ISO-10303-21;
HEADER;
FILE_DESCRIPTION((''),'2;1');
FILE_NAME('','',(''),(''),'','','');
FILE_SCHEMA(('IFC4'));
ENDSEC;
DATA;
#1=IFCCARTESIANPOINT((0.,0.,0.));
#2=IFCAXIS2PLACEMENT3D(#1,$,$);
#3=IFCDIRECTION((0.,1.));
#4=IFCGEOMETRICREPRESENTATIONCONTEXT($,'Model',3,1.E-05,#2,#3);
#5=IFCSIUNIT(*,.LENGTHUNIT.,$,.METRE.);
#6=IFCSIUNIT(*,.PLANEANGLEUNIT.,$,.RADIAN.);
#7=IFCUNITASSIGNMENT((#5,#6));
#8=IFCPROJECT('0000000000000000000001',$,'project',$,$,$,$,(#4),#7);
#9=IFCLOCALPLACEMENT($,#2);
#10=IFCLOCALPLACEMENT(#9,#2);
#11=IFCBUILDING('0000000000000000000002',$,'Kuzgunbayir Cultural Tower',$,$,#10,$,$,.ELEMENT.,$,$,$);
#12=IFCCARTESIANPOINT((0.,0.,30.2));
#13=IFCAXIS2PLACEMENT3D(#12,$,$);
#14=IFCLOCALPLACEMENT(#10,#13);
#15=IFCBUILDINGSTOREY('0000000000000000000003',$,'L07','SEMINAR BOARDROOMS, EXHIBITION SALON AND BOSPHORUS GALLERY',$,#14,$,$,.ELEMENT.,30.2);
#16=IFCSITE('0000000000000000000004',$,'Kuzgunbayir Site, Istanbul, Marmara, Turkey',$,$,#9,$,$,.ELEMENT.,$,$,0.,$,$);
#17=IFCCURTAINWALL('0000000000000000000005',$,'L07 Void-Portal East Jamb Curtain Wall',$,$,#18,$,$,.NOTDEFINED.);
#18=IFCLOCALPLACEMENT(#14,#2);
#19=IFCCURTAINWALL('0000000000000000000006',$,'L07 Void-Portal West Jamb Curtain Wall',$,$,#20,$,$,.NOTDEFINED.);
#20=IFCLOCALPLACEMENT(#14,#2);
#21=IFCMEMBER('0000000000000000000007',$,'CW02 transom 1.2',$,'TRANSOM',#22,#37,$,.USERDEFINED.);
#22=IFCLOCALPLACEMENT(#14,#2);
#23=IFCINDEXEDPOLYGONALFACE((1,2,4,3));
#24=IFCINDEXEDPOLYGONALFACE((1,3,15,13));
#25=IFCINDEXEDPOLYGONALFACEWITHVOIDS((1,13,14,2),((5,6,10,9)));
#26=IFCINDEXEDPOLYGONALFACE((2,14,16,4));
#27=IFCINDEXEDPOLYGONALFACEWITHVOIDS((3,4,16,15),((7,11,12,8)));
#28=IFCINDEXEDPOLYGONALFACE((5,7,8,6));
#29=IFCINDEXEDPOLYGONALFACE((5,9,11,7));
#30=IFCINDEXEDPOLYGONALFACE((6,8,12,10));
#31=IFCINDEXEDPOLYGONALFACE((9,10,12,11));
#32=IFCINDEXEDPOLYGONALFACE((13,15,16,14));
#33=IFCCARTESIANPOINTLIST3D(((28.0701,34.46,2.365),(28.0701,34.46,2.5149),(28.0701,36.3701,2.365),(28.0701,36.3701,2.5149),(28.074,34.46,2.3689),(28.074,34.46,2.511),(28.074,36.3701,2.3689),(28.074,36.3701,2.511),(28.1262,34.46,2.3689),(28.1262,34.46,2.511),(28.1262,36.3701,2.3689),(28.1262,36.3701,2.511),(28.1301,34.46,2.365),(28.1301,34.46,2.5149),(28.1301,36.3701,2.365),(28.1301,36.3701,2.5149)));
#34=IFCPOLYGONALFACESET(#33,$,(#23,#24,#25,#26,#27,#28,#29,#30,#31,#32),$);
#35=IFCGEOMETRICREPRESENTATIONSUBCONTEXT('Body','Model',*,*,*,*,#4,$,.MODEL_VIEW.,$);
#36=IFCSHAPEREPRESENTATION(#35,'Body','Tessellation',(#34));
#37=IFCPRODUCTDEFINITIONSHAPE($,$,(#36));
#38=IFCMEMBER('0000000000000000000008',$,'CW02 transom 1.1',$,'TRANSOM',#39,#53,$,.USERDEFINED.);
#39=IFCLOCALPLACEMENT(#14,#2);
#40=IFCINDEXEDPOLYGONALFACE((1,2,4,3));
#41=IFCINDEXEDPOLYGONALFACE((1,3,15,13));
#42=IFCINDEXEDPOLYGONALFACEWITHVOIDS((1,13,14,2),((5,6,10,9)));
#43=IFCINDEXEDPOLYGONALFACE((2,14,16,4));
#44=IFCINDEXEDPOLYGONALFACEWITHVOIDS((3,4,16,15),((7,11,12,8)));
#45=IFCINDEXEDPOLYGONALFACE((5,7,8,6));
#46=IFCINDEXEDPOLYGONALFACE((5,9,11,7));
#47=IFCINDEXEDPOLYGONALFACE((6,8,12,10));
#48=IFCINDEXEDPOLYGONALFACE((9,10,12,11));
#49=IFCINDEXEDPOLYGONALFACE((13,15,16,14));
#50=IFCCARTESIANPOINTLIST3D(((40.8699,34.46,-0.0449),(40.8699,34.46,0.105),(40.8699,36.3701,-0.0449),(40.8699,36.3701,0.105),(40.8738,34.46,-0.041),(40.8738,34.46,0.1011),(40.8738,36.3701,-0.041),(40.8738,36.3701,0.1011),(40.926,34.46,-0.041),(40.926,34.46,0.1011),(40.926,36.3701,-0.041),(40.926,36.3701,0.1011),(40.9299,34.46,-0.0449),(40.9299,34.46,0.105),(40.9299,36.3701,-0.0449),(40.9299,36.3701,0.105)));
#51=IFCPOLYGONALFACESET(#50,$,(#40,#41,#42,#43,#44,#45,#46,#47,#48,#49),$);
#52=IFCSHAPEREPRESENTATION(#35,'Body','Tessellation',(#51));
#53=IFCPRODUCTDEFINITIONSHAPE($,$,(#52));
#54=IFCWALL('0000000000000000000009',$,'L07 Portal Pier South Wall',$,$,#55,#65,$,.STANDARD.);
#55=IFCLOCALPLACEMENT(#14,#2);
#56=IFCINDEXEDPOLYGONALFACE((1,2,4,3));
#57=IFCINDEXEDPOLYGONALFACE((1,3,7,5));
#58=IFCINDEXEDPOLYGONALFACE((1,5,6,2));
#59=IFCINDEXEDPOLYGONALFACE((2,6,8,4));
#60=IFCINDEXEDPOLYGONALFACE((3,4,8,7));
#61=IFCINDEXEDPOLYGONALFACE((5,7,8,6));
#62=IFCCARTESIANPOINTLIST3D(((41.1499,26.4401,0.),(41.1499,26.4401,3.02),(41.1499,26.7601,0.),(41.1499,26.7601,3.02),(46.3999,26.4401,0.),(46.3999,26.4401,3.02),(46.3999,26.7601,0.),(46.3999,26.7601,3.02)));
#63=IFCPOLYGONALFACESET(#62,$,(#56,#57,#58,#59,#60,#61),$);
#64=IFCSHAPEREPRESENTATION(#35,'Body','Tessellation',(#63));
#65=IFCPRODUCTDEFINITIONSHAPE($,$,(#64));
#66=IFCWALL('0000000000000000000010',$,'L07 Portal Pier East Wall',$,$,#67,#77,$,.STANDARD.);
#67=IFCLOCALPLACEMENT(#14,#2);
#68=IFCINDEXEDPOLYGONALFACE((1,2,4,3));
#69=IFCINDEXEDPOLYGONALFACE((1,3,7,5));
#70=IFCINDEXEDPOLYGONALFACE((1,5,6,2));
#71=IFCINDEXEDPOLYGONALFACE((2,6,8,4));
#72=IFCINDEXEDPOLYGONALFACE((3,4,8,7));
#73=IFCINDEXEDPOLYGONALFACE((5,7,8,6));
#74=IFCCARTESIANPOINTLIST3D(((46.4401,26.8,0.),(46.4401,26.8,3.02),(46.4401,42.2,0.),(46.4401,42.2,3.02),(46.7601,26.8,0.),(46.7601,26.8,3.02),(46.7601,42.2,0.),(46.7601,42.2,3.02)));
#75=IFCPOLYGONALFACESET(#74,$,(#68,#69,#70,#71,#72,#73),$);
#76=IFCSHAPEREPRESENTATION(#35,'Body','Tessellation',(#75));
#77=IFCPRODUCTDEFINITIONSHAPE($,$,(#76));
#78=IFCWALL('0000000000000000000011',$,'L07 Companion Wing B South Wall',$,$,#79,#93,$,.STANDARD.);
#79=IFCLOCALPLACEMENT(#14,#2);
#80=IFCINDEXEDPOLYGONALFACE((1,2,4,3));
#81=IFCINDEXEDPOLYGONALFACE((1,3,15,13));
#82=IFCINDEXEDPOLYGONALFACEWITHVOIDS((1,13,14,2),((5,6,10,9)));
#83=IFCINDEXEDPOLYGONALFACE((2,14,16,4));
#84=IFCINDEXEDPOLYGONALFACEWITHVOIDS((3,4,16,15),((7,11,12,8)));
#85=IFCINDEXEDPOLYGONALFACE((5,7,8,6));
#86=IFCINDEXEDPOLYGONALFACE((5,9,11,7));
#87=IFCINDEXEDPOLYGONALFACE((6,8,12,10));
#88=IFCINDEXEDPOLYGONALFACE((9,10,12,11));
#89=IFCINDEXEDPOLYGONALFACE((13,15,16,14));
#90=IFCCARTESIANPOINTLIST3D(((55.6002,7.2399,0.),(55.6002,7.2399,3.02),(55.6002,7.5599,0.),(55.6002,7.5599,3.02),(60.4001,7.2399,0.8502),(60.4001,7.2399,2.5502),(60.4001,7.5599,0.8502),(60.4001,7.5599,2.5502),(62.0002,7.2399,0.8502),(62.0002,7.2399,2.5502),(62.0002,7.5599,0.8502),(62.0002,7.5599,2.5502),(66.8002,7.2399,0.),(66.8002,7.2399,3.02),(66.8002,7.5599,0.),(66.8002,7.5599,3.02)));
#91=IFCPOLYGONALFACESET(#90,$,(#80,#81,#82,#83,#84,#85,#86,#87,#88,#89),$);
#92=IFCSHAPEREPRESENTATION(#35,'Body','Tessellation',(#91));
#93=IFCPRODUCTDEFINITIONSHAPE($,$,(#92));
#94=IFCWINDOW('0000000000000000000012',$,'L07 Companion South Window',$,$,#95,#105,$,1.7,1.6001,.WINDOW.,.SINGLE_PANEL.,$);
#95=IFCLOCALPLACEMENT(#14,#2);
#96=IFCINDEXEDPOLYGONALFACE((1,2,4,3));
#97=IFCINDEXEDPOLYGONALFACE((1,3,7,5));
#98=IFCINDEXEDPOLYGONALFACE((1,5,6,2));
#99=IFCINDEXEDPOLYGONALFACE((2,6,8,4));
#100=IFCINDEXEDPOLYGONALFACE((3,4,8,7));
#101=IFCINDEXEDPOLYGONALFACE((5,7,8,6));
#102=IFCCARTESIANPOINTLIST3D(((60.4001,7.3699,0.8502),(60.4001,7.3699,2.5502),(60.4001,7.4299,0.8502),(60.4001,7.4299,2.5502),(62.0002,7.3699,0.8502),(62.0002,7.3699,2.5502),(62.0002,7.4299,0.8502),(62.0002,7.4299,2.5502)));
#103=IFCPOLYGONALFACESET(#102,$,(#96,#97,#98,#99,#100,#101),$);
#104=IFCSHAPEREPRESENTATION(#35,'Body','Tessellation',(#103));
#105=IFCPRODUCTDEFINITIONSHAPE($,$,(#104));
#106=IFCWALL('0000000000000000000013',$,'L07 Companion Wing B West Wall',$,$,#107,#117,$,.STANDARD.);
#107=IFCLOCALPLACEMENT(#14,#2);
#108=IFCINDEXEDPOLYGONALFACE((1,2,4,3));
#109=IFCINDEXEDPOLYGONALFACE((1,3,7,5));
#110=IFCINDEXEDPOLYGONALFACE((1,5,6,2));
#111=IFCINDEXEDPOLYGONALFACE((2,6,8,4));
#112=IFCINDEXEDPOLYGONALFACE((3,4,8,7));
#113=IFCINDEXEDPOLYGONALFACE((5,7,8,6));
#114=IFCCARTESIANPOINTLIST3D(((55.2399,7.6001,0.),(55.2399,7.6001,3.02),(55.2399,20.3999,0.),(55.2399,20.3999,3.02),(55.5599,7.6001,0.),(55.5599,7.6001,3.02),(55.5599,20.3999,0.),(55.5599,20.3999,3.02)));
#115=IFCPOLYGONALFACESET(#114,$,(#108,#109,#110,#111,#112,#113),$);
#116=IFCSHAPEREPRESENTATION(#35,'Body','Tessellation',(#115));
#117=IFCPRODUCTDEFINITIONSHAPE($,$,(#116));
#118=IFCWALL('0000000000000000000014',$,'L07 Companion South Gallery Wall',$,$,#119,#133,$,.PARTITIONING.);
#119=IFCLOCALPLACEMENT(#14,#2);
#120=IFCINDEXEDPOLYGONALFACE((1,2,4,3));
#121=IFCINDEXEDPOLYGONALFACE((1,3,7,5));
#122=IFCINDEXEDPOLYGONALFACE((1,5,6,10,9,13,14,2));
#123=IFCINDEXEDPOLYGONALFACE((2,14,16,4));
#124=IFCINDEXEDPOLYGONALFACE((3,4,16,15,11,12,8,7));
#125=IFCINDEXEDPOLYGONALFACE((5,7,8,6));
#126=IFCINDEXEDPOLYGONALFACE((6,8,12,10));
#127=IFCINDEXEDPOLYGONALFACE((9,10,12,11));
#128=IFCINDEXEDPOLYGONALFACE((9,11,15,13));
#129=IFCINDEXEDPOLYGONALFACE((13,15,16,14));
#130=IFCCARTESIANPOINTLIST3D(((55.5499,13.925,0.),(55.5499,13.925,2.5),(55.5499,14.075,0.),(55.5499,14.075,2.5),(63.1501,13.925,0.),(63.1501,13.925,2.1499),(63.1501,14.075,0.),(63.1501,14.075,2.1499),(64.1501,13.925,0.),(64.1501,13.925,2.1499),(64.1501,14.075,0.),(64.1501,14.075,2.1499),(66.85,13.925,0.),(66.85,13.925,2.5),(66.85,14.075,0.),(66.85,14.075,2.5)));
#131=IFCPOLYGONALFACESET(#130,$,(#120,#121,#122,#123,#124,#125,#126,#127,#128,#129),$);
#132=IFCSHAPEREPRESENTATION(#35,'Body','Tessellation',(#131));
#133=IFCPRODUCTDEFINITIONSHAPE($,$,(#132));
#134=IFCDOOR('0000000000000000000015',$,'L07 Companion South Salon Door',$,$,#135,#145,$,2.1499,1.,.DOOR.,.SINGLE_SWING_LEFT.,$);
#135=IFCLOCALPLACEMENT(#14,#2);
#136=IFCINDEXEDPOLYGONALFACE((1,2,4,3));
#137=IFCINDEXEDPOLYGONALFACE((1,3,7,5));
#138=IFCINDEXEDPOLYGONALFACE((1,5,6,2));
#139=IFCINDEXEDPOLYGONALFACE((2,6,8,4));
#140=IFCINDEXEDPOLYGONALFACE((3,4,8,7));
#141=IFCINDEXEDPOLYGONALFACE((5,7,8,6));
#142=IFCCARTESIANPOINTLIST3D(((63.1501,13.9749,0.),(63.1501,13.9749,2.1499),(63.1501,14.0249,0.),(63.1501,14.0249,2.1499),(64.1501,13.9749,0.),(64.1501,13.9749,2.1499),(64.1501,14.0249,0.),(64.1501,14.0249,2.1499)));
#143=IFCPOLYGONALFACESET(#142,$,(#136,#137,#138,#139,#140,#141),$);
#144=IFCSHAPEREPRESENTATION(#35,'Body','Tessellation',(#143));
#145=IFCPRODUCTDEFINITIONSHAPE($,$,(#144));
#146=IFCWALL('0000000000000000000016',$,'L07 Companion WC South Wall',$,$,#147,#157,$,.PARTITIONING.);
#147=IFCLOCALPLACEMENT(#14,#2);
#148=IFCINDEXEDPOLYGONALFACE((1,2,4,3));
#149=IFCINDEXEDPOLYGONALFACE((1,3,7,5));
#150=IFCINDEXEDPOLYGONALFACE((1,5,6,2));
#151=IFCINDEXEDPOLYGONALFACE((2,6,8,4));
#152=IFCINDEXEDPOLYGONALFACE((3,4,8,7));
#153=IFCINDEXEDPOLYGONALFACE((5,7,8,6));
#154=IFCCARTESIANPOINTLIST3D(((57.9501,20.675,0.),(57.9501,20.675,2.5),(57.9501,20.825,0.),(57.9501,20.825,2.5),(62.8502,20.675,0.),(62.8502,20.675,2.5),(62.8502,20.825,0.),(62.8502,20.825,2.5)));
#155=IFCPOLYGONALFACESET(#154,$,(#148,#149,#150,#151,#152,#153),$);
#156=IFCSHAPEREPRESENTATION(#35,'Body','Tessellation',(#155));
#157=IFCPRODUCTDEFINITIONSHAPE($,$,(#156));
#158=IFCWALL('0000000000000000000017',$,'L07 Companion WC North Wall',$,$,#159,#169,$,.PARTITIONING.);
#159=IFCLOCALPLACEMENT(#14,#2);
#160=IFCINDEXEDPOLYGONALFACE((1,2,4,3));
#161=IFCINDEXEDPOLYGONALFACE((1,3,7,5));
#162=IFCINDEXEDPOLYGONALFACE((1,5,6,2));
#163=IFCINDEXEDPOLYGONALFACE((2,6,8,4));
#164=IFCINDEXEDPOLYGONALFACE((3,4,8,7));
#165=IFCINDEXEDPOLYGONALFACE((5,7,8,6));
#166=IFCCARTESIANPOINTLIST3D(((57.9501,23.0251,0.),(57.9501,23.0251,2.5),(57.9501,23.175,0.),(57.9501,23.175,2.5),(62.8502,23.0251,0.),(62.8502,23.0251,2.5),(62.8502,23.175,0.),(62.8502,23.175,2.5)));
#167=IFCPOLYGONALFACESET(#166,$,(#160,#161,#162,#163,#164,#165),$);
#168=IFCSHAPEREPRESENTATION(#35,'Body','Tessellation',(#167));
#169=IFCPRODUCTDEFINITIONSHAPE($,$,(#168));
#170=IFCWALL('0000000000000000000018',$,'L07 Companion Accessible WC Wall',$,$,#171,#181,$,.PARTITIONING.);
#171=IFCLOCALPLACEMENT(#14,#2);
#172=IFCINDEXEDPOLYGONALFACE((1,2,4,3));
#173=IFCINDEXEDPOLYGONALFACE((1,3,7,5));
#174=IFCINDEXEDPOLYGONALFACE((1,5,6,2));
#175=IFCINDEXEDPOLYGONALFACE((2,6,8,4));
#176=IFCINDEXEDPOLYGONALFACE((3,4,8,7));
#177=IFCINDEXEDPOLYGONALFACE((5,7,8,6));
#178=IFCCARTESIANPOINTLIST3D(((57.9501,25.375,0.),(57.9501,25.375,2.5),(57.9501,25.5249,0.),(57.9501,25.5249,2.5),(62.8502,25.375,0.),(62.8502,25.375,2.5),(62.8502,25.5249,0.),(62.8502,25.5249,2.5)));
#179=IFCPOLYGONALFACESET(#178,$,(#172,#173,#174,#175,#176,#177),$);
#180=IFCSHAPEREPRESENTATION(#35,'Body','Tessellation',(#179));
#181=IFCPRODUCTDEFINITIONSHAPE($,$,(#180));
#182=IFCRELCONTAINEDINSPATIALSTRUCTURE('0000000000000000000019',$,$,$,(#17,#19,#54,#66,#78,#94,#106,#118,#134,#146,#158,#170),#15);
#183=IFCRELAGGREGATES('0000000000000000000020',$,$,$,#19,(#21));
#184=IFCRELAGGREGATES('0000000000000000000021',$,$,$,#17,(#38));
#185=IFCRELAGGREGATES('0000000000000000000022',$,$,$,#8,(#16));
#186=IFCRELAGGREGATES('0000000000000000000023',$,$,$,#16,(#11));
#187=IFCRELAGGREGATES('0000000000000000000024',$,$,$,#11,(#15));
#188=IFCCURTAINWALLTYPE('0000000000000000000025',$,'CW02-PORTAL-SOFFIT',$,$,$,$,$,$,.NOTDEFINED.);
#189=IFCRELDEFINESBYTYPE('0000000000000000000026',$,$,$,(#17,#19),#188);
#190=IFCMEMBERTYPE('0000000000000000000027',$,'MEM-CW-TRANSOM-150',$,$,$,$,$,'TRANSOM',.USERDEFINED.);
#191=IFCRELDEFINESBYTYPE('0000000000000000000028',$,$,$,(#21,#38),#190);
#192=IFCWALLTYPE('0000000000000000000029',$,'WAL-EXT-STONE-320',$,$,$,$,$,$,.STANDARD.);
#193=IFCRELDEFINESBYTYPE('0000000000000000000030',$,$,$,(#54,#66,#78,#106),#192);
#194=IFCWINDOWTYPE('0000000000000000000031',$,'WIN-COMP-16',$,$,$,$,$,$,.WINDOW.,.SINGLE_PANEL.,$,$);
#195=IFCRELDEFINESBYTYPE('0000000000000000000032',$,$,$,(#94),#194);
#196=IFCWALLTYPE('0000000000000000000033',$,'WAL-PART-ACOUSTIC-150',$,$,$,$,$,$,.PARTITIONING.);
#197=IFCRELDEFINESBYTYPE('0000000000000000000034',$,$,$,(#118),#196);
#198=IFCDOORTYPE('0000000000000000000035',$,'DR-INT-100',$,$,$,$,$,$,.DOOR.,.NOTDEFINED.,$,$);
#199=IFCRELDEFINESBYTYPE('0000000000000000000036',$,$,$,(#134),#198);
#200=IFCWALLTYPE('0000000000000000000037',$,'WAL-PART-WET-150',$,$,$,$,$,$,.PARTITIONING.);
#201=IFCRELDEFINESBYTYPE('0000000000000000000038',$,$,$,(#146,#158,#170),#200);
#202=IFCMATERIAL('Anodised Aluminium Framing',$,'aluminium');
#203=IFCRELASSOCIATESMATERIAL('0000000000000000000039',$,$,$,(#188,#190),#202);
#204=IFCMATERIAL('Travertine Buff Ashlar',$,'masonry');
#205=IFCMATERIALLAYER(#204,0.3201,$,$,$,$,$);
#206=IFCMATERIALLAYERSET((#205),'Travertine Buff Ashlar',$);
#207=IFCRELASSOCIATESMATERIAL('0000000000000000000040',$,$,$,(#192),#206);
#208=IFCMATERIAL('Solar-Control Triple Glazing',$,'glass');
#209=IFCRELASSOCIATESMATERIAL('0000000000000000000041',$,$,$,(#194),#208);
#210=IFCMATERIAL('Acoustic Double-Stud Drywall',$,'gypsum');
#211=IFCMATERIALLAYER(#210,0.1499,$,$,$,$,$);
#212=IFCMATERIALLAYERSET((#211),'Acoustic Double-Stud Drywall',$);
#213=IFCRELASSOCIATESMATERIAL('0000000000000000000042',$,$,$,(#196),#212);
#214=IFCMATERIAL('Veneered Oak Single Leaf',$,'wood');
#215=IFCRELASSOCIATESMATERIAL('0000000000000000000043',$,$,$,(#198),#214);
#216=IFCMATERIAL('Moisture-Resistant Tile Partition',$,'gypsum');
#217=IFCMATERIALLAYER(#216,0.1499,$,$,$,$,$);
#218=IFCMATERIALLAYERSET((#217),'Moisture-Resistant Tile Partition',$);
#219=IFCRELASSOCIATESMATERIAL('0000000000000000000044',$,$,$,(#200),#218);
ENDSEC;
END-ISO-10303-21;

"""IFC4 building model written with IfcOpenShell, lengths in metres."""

from ifc_helpers import new_model, si_unit, direction, frame, frame_2d, origin, origin_2d, place, context, subcontext, project, spatial, rectangle, hollow_rectangle, extrude, material, layer, layer_set, material_profile, profile_set, type_object, element, fill, aggregate, save


model = new_model("IFC4")

# Units and contexts
model_context = context("Model", 3, precision=1e-05, world=origin(), true_north=direction((0.0, 1.0)))
body_context = subcontext(model_context, "Body", "Model", "MODEL_VIEW")
ifc_project = project(units=[si_unit("LENGTHUNIT", "METRE"), si_unit("PLANEANGLEUNIT", "RADIAN")], contexts=[model_context])

# Site, building, storey
site_placement = place(None, origin())
site = spatial("IfcSite", under=ifc_project, at=site_placement, Name="Kuzgunbayir Site, Istanbul, Marmara, Turkey", CompositionType="ELEMENT", RefElevation=0.0)
building_placement = place(site_placement, origin())
building = spatial("IfcBuilding", under=site, at=building_placement, Name="Kuzgunbayir Cultural Tower", CompositionType="ELEMENT")
storey_placement = place(building_placement, frame((0.0, 0.0, 30.2)))
storey = spatial("IfcBuildingStorey", under=building, at=storey_placement, Name="L07", Description="SEMINAR BOARDROOMS, EXHIBITION SALON AND BOSPHORUS GALLERY", CompositionType="ELEMENT", Elevation=30.2)

# Curtain wall
ifc_material_1 = material(Name="Anodised Aluminium Framing", Category="aluminium")
curtain_wall_type = type_object("IfcCurtainWallType", Name="CW02-PORTAL-SOFFIT", PredefinedType="NOTDEFINED", material=ifc_material_1)
curtain_wall_1_placement = place(storey_placement, origin())
curtain_wall_1 = element("IfcCurtainWall", 1, at=curtain_wall_1_placement, inside=storey, type_object=curtain_wall_type, Name="L07 Void-Portal East Jamb Curtain Wall", PredefinedType="NOTDEFINED")

# Curtain wall, member
curtain_wall_2_placement = place(storey_placement, origin())
curtain_wall_2 = element("IfcCurtainWall", 2, at=curtain_wall_2_placement, inside=storey, type_object=curtain_wall_type, Name="L07 Void-Portal West Jamb Curtain Wall", PredefinedType="NOTDEFINED")
ifc_material_profile_1 = material_profile(ifc_material_1, hollow_rectangle(XDim=0.0601, YDim=0.1499, WallThickness=0.0039, at=origin_2d()), Name="RHS 150x60x4")
ifc_profile_set_1 = profile_set([ifc_material_profile_1], Name="Anodised Aluminium Framing")
member_type_1 = type_object("IfcMemberType", Name="MEM-CW-TRANSOM-150", ElementType="TRANSOM", PredefinedType="USERDEFINED", material=ifc_profile_set_1)
member_1_placement = place(storey_placement, frame((28.1001, 34.46, 2.4399), z_axis=(0.0, 1.0, 0.0), x_axis=(-1.0, 0.0, 0.0)))
member_1 = element("IfcMember", 3, at=member_1_placement, type_object=member_type_1, Name="CW02 transom 1.2", ObjectType="TRANSOM", PredefinedType="USERDEFINED", context=body_context, shape_type="SweptSolid", body=[
    extrude(hollow_rectangle(XDim=0.0601, YDim=0.1499, WallThickness=0.0039, at=origin_2d()), origin(), (0.0, 0.0, 1.0), 1.9102),
])
aggregate(curtain_wall_2, [member_1])

# Member
member_2_placement = place(storey_placement, frame((40.8999, 34.46, 0.03), z_axis=(0.0, 1.0, 0.0), x_axis=(-1.0, 0.0, 0.0)))
member_2 = element("IfcMember", 4, at=member_2_placement, type_object=member_type_1, Name="CW02 transom 1.1", ObjectType="TRANSOM", PredefinedType="USERDEFINED", context=body_context, shape_type="SweptSolid", body=[
    extrude(hollow_rectangle(XDim=0.0601, YDim=0.1499, WallThickness=0.0039, at=origin_2d()), origin(), (0.0, 0.0, 1.0), 1.9102),
])
aggregate(curtain_wall_1, [member_2])

# Walls
ifc_material_2 = material(Name="Travertine Buff Ashlar", Category="masonry")
ifc_layer_1 = layer(ifc_material_2, 0.3201)
ifc_layer_set_1 = layer_set([ifc_layer_1], Name="Travertine Buff Ashlar")
wall_type_1 = type_object("IfcWallType", Name="WAL-EXT-STONE-320", PredefinedType="STANDARD", material=ifc_layer_set_1)
wall_1_placement = place(storey_placement, frame((41.1499, 26.6001, 0.0), z_axis=(0.0, 0.0, 1.0), x_axis=(1.0, 0.0, 0.0)))
element("IfcWall", 5, at=wall_1_placement, inside=storey, type_object=wall_type_1, Name="L07 Portal Pier South Wall", PredefinedType="STANDARD", context=body_context, shape_type="SweptSolid", body=[
    extrude(rectangle(XDim=5.25, YDim=0.3201, at=frame_2d((2.625, 0.0))), origin(), (0.0, 0.0, 1.0), 3.02),
])
wall_2_placement = place(storey_placement, frame((46.6001, 26.8, 0.0), z_axis=(0.0, 0.0, 1.0), x_axis=(0.0, 1.0, 0.0)))
element("IfcWall", 6, at=wall_2_placement, inside=storey, type_object=wall_type_1, Name="L07 Portal Pier East Wall", PredefinedType="STANDARD", context=body_context, shape_type="SweptSolid", body=[
    extrude(rectangle(XDim=15.3999, YDim=0.3201, at=frame_2d((7.7, 0.0))), origin(), (0.0, 0.0, 1.0), 3.02),
])

# Wall, opening, window
wall_3_placement = place(storey_placement, frame((55.6001, 7.3999, 0.0), z_axis=(0.0, 0.0, 1.0), x_axis=(1.0, 0.0, 0.0)))
wall_3 = element("IfcWall", 7, at=wall_3_placement, inside=storey, type_object=wall_type_1, Name="L07 Companion Wing B South Wall", PredefinedType="STANDARD", context=body_context, shape_type="SweptSolid", body=[
    extrude(rectangle(XDim=11.2, YDim=0.3201, at=frame_2d((5.6001, 0.0))), origin(), (0.0, 0.0, 1.0), 3.02),
])
opening_1_placement = place(wall_3_placement, frame((4.8, 0.0, 0.8501)))
opening_1 = element("IfcOpeningElement", 8, at=opening_1_placement, cuts=wall_3, PredefinedType="OPENING", context=body_context, shape_type="SweptSolid", body=[
    extrude(rectangle(XDim=1.6001, YDim=1.7, at=frame_2d((0.8, 0.8501))), frame((0.0, 0.1699, 0.0), z_axis=(0.0, -1.0, 0.0), x_axis=(1.0, 0.0, 0.0)), (0.0, 0.0, 1.0), 0.3401),
])
ifc_material_3 = material(Name="Solar-Control Triple Glazing", Category="glass")
window_type = type_object("IfcWindowType", Name="WIN-COMP-16", PartitioningType="SINGLE_PANEL", PredefinedType="WINDOW", material=ifc_material_3)
window_placement = place(opening_1_placement, origin())
window = element("IfcWindow", 9, at=window_placement, inside=storey, type_object=window_type, Name="L07 Companion South Window", OverallHeight=1.7, OverallWidth=1.6001, PartitioningType="SINGLE_PANEL", PredefinedType="WINDOW", context=body_context, shape_type="SweptSolid", body=[
    extrude(rectangle(XDim=1.6001, YDim=1.7, at=frame_2d((0.8, 0.8501))), frame((0.0, 0.03, 0.0), z_axis=(0.0, -1.0, 0.0), x_axis=(1.0, 0.0, 0.0)), (0.0, 0.0, 1.0), 0.0601),
])
fill(opening_1, window)

# Wall
wall_4_placement = place(storey_placement, frame((55.3999, 20.3999, 0.0), z_axis=(0.0, 0.0, 1.0), x_axis=(0.0, -1.0, 0.0)))
element("IfcWall", 10, at=wall_4_placement, inside=storey, type_object=wall_type_1, Name="L07 Companion Wing B West Wall", PredefinedType="STANDARD", context=body_context, shape_type="SweptSolid", body=[
    extrude(rectangle(XDim=12.7998, YDim=0.3201, at=frame_2d((6.3999, 0.0))), origin(), (0.0, 0.0, 1.0), 3.02),
])

# Wall, opening, door
ifc_material_4 = material(Name="Acoustic Double-Stud Drywall", Category="gypsum")
ifc_layer_2 = layer(ifc_material_4, 0.1499)
ifc_layer_set_2 = layer_set([ifc_layer_2], Name="Acoustic Double-Stud Drywall")
wall_type_2 = type_object("IfcWallType", Name="WAL-PART-ACOUSTIC-150", PredefinedType="PARTITIONING", material=ifc_layer_set_2)
wall_5_placement = place(storey_placement, frame((55.55, 14.0, 0.0), z_axis=(0.0, 0.0, 1.0), x_axis=(1.0, 0.0, 0.0)))
wall_5 = element("IfcWall", 11, at=wall_5_placement, inside=storey, type_object=wall_type_2, Name="L07 Companion South Gallery Wall", PredefinedType="PARTITIONING", context=body_context, shape_type="SweptSolid", body=[
    extrude(rectangle(XDim=11.3, YDim=0.1499, at=frame_2d((5.6499, 0.0))), origin(), (0.0, 0.0, 1.0), 2.5),
])
opening_2_placement = place(wall_5_placement, frame((7.6001, 0.0, 0.0)))
opening_2 = element("IfcOpeningElement", 12, at=opening_2_placement, cuts=wall_5, PredefinedType="OPENING", context=body_context, shape_type="SweptSolid", body=[
    extrude(rectangle(XDim=1.0, YDim=2.1499, at=frame_2d((0.5, 1.075))), frame((0.0, 0.085, 0.0), z_axis=(0.0, -1.0, 0.0), x_axis=(1.0, 0.0, 0.0)), (0.0, 0.0, 1.0), 0.1699),
])
ifc_material_5 = material(Name="Veneered Oak Single Leaf", Category="wood")
door_type = type_object("IfcDoorType", Name="DR-INT-100", OperationType="NOTDEFINED", PredefinedType="DOOR", material=ifc_material_5)
door_placement = place(opening_2_placement, origin())
door = element("IfcDoor", 13, at=door_placement, inside=storey, type_object=door_type, Name="L07 Companion South Salon Door", OperationType="SINGLE_SWING_LEFT", OverallHeight=2.1499, OverallWidth=1.0, PredefinedType="DOOR", context=body_context, shape_type="SweptSolid", body=[
    extrude(rectangle(XDim=1.0, YDim=2.1499, at=frame_2d((0.5, 1.075))), frame((0.0, 0.0249, 0.0), z_axis=(0.0, -1.0, 0.0), x_axis=(1.0, 0.0, 0.0)), (0.0, 0.0, 1.0), 0.05),
])
fill(opening_2, door)

# Walls
ifc_material_6 = material(Name="Moisture-Resistant Tile Partition", Category="gypsum")
ifc_layer_3 = layer(ifc_material_6, 0.1499)
ifc_layer_set_3 = layer_set([ifc_layer_3], Name="Moisture-Resistant Tile Partition")
wall_type_3 = type_object("IfcWallType", Name="WAL-PART-WET-150", PredefinedType="PARTITIONING", material=ifc_layer_set_3)
for number, where, z_axis, x_axis, name in (
    (14, (57.95, 20.75, 0.0), (0.0, 0.0, 1.0), (1.0, 0.0, 0.0), "L07 Companion WC South Wall"),
    (15, (57.95, 23.1001, 0.0), (0.0, 0.0, 1.0), (1.0, 0.0, 0.0), "L07 Companion WC North Wall"),
    (16, (57.95, 25.45, 0.0), (0.0, 0.0, 1.0), (1.0, 0.0, 0.0), "L07 Companion Accessible WC Wall"),
):
    element("IfcWall", number, at=place(storey_placement, frame(where, z_axis=z_axis, x_axis=x_axis)), inside=storey, type_object=wall_type_3, Name=name, PredefinedType="PARTITIONING", context=body_context, shape_type="SweptSolid", body=[
        extrude(rectangle(XDim=4.9001, YDim=0.1499, at=frame_2d((2.4502, 0.0))), origin(), (0.0, 0.0, 1.0), 2.5),
    ])

save(model, "model.ifc")
